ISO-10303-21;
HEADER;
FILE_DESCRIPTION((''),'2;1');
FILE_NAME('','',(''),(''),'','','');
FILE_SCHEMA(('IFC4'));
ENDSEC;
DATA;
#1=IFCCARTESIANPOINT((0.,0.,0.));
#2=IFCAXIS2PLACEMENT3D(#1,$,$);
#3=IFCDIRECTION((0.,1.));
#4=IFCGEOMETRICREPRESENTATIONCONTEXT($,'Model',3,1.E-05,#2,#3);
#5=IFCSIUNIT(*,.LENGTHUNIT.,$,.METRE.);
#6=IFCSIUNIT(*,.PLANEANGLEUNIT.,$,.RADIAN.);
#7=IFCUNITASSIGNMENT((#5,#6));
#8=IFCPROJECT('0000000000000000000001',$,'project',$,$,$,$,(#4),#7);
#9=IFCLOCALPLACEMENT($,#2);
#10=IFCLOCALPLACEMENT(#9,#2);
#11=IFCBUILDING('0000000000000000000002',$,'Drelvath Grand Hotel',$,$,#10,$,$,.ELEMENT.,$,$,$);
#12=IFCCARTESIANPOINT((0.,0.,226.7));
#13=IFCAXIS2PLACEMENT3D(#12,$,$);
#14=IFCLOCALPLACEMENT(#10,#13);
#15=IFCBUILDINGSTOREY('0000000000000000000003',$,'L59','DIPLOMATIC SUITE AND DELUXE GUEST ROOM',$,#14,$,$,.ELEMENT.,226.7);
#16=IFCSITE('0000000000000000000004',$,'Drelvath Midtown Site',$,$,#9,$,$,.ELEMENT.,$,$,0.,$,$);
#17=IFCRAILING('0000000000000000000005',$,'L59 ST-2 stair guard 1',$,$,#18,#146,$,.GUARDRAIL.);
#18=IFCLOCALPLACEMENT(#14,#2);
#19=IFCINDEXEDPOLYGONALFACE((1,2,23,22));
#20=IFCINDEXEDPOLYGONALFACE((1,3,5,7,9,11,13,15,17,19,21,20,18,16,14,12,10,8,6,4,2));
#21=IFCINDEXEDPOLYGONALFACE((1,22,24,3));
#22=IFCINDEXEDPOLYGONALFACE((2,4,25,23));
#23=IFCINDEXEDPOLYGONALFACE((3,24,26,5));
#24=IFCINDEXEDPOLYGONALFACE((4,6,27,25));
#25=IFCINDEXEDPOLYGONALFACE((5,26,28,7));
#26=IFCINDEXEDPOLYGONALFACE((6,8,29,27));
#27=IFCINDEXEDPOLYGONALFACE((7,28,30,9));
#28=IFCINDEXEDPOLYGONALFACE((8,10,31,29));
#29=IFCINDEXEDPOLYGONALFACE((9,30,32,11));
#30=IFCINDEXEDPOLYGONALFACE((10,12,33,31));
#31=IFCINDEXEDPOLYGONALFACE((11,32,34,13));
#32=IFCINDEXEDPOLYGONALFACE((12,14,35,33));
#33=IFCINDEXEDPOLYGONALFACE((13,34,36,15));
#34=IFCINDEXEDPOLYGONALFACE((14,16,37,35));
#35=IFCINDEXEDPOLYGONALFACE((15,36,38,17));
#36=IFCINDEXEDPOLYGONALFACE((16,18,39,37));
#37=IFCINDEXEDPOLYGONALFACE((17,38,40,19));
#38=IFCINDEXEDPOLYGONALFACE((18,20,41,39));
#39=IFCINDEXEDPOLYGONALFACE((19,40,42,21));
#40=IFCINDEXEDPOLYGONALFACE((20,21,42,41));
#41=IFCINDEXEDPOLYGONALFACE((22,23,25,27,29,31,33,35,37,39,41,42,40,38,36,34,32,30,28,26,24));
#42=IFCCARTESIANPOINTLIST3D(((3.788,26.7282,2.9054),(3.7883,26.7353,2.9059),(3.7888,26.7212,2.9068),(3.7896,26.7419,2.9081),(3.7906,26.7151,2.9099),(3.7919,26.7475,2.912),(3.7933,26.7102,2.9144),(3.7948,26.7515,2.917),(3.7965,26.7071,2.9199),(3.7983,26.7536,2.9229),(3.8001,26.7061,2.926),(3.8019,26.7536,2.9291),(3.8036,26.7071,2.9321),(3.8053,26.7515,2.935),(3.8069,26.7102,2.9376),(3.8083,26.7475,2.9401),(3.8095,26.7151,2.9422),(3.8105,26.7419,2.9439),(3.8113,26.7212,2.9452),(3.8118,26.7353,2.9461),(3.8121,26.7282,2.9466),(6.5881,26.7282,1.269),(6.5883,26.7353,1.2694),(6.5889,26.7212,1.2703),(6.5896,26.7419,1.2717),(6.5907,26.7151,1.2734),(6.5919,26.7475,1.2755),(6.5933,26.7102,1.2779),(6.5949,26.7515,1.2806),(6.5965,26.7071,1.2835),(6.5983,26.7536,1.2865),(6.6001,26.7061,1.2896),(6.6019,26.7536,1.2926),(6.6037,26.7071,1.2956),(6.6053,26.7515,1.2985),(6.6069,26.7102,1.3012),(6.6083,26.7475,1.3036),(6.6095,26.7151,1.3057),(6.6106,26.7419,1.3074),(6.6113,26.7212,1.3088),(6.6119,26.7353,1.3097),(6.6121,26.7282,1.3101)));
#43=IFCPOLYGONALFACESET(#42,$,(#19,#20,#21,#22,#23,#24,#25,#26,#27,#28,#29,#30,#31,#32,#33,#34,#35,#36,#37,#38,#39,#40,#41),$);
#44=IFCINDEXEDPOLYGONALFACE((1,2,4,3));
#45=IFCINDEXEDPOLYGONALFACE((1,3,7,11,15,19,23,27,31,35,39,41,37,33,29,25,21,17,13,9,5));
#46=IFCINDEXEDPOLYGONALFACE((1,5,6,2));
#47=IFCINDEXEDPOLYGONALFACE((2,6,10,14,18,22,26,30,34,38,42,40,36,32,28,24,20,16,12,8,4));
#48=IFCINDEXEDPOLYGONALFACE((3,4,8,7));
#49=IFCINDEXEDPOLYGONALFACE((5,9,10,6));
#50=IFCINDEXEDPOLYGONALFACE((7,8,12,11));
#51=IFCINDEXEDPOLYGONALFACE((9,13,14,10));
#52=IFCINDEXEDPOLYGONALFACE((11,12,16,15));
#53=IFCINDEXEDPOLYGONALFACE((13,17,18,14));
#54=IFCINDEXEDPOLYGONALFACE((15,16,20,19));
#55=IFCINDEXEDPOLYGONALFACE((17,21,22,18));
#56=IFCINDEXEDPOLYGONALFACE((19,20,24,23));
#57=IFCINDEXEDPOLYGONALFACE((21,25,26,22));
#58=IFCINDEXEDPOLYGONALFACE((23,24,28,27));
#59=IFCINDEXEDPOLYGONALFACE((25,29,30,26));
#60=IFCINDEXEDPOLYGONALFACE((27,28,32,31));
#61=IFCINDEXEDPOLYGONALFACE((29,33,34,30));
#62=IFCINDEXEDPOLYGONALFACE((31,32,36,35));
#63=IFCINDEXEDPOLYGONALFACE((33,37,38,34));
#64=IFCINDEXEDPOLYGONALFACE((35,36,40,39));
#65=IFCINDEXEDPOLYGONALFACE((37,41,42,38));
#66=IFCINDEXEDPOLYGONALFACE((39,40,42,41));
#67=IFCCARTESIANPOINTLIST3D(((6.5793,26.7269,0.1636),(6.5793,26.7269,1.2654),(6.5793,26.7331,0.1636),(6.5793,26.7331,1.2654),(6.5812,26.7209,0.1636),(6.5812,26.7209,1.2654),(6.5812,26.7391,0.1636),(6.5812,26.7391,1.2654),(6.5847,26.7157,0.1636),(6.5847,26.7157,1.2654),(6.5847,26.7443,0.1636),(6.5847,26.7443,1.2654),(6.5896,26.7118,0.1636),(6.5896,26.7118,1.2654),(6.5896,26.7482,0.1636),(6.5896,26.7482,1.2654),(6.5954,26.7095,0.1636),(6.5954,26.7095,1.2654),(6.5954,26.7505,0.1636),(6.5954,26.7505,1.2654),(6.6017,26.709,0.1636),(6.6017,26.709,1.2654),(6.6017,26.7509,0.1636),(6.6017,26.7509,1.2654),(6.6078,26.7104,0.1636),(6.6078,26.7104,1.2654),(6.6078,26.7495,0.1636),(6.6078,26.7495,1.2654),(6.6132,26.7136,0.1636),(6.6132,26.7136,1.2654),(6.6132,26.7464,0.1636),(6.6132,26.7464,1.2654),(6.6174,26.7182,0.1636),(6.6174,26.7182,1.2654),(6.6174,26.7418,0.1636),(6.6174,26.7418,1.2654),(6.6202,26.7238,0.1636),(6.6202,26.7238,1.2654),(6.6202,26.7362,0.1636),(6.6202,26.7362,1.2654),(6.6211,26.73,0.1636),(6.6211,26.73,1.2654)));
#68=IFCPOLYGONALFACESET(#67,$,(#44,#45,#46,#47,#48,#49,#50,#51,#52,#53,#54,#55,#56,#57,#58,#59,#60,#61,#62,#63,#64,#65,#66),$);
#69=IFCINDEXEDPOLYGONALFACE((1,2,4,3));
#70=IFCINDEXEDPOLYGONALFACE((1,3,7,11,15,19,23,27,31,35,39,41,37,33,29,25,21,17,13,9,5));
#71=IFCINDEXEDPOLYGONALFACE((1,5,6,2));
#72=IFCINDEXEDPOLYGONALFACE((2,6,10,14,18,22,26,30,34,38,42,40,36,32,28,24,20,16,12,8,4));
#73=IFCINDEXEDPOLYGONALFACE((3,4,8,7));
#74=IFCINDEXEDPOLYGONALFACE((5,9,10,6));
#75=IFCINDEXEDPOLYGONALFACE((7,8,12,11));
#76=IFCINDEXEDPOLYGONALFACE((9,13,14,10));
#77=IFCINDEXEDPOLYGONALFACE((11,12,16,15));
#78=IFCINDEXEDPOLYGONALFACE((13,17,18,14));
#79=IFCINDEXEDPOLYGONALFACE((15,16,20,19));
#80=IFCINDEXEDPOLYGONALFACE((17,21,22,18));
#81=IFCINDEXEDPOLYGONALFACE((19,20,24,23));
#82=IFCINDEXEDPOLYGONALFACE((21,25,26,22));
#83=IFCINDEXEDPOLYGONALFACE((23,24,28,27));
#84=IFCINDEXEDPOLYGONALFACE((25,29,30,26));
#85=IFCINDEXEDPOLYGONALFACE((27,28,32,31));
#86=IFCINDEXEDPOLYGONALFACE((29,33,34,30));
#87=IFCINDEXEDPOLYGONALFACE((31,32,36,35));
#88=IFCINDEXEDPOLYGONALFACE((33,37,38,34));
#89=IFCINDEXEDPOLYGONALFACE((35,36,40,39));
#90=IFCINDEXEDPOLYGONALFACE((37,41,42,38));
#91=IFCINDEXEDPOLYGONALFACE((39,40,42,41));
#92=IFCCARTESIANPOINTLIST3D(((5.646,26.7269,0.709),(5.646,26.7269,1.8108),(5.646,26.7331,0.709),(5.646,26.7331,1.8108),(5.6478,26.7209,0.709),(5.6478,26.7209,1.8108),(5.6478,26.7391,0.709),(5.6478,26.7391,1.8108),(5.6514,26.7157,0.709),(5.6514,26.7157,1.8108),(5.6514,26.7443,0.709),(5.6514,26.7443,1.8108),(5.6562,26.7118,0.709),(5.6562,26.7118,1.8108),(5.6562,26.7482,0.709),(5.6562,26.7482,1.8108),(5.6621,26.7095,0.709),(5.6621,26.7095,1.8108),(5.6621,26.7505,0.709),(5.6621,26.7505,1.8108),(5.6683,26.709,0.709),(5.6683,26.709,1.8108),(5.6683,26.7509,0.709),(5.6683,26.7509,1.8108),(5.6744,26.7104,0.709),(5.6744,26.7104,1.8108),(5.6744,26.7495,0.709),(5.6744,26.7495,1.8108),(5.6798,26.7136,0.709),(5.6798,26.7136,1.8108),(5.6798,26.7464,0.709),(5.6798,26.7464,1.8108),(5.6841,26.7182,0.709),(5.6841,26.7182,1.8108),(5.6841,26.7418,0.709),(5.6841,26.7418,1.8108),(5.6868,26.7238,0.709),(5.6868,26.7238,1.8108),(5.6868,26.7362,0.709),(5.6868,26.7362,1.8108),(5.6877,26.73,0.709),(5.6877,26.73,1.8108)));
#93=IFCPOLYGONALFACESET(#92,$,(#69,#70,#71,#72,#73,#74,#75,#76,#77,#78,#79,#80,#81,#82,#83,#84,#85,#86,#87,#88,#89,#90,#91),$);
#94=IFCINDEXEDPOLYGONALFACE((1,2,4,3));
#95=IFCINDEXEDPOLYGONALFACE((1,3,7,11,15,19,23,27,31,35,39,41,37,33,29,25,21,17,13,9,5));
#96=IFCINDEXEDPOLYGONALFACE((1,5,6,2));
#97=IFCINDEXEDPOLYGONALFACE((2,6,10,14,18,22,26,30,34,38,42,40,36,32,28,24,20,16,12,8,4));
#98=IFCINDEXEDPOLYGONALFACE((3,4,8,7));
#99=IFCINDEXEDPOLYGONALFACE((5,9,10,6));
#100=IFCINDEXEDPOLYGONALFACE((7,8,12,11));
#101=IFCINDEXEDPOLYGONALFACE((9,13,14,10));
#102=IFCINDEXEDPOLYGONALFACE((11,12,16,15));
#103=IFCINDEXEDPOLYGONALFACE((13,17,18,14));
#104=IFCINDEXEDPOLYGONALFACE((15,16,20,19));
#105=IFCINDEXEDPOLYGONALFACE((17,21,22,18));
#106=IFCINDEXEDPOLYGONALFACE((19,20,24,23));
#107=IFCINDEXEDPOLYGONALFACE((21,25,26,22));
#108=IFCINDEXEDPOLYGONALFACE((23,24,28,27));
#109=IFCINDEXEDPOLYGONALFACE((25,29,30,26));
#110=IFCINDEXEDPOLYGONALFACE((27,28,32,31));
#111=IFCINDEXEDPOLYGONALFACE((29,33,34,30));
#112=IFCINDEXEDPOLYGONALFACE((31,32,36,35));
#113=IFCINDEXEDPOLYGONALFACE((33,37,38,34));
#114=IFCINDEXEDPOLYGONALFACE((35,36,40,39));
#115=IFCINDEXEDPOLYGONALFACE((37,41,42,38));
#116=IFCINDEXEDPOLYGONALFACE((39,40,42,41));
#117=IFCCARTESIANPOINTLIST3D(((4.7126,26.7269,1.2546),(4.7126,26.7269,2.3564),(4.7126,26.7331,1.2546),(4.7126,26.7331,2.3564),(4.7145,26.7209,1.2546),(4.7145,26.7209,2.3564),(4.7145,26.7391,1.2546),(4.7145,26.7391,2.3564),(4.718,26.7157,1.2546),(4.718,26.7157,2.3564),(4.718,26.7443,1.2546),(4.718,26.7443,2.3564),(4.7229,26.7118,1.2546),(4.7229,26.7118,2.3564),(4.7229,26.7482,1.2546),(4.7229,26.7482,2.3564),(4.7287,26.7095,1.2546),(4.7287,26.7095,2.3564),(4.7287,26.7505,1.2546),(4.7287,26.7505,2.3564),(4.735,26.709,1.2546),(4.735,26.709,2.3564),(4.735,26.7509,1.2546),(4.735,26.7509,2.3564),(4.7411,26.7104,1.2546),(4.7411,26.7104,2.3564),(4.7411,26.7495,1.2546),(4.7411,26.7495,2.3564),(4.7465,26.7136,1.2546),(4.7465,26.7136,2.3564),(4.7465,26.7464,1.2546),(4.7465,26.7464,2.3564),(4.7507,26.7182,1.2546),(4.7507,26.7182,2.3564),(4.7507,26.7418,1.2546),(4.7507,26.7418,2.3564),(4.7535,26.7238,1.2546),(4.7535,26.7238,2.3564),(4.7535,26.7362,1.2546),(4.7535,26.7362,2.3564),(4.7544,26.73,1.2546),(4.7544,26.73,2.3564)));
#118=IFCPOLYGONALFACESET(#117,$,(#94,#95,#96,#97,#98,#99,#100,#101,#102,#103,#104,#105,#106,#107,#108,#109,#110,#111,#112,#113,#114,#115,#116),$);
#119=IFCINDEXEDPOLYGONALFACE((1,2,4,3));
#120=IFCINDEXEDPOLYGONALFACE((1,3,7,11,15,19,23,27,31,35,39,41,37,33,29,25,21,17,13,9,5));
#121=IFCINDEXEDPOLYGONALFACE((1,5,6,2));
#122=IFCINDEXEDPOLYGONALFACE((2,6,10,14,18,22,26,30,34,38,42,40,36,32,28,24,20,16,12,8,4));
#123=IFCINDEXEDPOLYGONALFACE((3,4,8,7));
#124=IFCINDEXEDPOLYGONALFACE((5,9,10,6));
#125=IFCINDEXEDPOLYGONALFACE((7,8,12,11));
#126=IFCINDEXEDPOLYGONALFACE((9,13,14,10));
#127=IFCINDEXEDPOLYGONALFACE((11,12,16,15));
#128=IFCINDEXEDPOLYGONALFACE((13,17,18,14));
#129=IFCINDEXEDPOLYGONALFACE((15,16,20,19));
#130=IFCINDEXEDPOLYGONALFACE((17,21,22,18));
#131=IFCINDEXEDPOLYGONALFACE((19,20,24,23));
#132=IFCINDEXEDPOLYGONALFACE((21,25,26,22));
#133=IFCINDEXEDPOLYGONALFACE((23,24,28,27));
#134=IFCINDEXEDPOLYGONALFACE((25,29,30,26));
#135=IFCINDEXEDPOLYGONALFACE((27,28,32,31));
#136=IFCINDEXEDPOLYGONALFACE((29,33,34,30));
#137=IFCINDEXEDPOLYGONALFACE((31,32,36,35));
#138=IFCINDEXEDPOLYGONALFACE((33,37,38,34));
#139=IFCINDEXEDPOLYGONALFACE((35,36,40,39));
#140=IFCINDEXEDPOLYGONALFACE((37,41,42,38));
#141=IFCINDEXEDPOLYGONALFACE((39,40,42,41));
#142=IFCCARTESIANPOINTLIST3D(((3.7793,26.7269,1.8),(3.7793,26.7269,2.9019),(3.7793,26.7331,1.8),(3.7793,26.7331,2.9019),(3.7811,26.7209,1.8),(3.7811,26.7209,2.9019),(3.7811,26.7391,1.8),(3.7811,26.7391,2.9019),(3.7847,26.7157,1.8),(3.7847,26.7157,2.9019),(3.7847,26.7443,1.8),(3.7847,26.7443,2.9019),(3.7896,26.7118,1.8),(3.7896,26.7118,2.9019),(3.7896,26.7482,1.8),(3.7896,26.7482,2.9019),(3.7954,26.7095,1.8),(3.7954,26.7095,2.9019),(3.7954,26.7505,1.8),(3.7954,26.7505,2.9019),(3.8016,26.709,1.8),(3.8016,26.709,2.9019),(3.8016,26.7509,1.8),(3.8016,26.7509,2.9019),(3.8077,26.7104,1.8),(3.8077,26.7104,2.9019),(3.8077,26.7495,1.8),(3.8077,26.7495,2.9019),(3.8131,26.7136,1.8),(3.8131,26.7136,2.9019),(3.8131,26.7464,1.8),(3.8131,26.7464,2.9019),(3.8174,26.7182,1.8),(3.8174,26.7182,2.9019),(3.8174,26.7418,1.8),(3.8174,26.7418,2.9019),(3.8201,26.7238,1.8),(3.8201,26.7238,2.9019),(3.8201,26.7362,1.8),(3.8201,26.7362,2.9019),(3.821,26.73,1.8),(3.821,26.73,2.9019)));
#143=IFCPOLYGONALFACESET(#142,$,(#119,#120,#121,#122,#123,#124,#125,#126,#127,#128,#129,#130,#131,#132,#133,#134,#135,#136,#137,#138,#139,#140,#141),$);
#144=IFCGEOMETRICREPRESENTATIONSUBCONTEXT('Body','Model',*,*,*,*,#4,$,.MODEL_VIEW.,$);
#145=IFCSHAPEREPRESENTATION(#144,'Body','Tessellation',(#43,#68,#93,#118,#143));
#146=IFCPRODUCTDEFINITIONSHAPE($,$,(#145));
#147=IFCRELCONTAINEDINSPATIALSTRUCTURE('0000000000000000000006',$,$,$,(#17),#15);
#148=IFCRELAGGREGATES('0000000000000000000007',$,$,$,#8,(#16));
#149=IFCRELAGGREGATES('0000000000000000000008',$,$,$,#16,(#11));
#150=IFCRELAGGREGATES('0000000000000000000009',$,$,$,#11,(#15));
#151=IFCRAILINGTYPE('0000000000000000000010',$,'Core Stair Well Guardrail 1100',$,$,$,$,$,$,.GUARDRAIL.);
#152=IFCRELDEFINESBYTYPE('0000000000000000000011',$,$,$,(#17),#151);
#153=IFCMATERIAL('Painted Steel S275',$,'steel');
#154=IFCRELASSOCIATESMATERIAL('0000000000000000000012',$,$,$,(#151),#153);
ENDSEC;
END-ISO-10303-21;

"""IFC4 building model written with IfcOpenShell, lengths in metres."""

from ifc_helpers import new_model, si_unit, direction, frame, origin, origin_2d, place, context, subcontext, project, spatial, circle, extrude, material, type_object, element, save


model = new_model("IFC4")

# Units and contexts
model_context = context("Model", 3, precision=1e-05, world=origin(), true_north=direction((0.0, 1.0)))
body_context = subcontext(model_context, "Body", "Model", "MODEL_VIEW")
ifc_project = project(units=[si_unit("LENGTHUNIT", "METRE"), si_unit("PLANEANGLEUNIT", "RADIAN")], contexts=[model_context])

# Site, building, storey
site_placement = place(None, origin())
site = spatial("IfcSite", under=ifc_project, at=site_placement, Name="Drelvath Midtown Site", CompositionType="ELEMENT", RefElevation=0.0)
building_placement = place(site_placement, origin())
building = spatial("IfcBuilding", under=site, at=building_placement, Name="Drelvath Grand Hotel", CompositionType="ELEMENT")
storey_placement = place(building_placement, frame((0.0, 0.0, 226.7)))
storey = spatial("IfcBuildingStorey", under=building, at=storey_placement, Name="L59", Description="DIPLOMATIC SUITE AND DELUXE GUEST ROOM", CompositionType="ELEMENT", Elevation=226.7)

# Railing
ifc_material_1 = material(Name="Painted Steel S275", Category="steel")
railing_type_1 = type_object("IfcRailingType", Name="Core Stair Well Guardrail 1100", PredefinedType="GUARDRAIL", material=ifc_material_1)
railing_1_placement = place(storey_placement, frame((6.6001, 26.73, 0.1636)))
element("IfcRailing", 1, at=railing_1_placement, inside=storey, type_object=railing_type_1, Name="L59 ST-2 stair guard 1", PredefinedType="GUARDRAIL", context=body_context, shape_type="SweptSolid", body=[
    extrude(circle(Radius=0.0239, at=origin_2d()), frame((0.0, 0.0, 1.126), z_axis=(-0.863361, 0.0, 0.504587), x_axis=(0.0, -1.0, 0.0)), (0.0, 0.0, 1.0), 3.2432),
    extrude(circle(Radius=0.021, at=origin_2d()), origin(), (0.0, 0.0, 1.0), 1.1018),
    extrude(circle(Radius=0.021, at=origin_2d()), frame((-0.9333, 0.0, 0.5454)), (0.0, 0.0, 1.0), 1.1018),
    extrude(circle(Radius=0.021, at=origin_2d()), frame((-1.8667, 0.0, 1.0911)), (0.0, 0.0, 1.0), 1.1018),
    extrude(circle(Radius=0.021, at=origin_2d()), frame((-2.8, 0.0, 1.6365)), (0.0, 0.0, 1.0), 1.1018),
])

save(model, "model.ifc")
